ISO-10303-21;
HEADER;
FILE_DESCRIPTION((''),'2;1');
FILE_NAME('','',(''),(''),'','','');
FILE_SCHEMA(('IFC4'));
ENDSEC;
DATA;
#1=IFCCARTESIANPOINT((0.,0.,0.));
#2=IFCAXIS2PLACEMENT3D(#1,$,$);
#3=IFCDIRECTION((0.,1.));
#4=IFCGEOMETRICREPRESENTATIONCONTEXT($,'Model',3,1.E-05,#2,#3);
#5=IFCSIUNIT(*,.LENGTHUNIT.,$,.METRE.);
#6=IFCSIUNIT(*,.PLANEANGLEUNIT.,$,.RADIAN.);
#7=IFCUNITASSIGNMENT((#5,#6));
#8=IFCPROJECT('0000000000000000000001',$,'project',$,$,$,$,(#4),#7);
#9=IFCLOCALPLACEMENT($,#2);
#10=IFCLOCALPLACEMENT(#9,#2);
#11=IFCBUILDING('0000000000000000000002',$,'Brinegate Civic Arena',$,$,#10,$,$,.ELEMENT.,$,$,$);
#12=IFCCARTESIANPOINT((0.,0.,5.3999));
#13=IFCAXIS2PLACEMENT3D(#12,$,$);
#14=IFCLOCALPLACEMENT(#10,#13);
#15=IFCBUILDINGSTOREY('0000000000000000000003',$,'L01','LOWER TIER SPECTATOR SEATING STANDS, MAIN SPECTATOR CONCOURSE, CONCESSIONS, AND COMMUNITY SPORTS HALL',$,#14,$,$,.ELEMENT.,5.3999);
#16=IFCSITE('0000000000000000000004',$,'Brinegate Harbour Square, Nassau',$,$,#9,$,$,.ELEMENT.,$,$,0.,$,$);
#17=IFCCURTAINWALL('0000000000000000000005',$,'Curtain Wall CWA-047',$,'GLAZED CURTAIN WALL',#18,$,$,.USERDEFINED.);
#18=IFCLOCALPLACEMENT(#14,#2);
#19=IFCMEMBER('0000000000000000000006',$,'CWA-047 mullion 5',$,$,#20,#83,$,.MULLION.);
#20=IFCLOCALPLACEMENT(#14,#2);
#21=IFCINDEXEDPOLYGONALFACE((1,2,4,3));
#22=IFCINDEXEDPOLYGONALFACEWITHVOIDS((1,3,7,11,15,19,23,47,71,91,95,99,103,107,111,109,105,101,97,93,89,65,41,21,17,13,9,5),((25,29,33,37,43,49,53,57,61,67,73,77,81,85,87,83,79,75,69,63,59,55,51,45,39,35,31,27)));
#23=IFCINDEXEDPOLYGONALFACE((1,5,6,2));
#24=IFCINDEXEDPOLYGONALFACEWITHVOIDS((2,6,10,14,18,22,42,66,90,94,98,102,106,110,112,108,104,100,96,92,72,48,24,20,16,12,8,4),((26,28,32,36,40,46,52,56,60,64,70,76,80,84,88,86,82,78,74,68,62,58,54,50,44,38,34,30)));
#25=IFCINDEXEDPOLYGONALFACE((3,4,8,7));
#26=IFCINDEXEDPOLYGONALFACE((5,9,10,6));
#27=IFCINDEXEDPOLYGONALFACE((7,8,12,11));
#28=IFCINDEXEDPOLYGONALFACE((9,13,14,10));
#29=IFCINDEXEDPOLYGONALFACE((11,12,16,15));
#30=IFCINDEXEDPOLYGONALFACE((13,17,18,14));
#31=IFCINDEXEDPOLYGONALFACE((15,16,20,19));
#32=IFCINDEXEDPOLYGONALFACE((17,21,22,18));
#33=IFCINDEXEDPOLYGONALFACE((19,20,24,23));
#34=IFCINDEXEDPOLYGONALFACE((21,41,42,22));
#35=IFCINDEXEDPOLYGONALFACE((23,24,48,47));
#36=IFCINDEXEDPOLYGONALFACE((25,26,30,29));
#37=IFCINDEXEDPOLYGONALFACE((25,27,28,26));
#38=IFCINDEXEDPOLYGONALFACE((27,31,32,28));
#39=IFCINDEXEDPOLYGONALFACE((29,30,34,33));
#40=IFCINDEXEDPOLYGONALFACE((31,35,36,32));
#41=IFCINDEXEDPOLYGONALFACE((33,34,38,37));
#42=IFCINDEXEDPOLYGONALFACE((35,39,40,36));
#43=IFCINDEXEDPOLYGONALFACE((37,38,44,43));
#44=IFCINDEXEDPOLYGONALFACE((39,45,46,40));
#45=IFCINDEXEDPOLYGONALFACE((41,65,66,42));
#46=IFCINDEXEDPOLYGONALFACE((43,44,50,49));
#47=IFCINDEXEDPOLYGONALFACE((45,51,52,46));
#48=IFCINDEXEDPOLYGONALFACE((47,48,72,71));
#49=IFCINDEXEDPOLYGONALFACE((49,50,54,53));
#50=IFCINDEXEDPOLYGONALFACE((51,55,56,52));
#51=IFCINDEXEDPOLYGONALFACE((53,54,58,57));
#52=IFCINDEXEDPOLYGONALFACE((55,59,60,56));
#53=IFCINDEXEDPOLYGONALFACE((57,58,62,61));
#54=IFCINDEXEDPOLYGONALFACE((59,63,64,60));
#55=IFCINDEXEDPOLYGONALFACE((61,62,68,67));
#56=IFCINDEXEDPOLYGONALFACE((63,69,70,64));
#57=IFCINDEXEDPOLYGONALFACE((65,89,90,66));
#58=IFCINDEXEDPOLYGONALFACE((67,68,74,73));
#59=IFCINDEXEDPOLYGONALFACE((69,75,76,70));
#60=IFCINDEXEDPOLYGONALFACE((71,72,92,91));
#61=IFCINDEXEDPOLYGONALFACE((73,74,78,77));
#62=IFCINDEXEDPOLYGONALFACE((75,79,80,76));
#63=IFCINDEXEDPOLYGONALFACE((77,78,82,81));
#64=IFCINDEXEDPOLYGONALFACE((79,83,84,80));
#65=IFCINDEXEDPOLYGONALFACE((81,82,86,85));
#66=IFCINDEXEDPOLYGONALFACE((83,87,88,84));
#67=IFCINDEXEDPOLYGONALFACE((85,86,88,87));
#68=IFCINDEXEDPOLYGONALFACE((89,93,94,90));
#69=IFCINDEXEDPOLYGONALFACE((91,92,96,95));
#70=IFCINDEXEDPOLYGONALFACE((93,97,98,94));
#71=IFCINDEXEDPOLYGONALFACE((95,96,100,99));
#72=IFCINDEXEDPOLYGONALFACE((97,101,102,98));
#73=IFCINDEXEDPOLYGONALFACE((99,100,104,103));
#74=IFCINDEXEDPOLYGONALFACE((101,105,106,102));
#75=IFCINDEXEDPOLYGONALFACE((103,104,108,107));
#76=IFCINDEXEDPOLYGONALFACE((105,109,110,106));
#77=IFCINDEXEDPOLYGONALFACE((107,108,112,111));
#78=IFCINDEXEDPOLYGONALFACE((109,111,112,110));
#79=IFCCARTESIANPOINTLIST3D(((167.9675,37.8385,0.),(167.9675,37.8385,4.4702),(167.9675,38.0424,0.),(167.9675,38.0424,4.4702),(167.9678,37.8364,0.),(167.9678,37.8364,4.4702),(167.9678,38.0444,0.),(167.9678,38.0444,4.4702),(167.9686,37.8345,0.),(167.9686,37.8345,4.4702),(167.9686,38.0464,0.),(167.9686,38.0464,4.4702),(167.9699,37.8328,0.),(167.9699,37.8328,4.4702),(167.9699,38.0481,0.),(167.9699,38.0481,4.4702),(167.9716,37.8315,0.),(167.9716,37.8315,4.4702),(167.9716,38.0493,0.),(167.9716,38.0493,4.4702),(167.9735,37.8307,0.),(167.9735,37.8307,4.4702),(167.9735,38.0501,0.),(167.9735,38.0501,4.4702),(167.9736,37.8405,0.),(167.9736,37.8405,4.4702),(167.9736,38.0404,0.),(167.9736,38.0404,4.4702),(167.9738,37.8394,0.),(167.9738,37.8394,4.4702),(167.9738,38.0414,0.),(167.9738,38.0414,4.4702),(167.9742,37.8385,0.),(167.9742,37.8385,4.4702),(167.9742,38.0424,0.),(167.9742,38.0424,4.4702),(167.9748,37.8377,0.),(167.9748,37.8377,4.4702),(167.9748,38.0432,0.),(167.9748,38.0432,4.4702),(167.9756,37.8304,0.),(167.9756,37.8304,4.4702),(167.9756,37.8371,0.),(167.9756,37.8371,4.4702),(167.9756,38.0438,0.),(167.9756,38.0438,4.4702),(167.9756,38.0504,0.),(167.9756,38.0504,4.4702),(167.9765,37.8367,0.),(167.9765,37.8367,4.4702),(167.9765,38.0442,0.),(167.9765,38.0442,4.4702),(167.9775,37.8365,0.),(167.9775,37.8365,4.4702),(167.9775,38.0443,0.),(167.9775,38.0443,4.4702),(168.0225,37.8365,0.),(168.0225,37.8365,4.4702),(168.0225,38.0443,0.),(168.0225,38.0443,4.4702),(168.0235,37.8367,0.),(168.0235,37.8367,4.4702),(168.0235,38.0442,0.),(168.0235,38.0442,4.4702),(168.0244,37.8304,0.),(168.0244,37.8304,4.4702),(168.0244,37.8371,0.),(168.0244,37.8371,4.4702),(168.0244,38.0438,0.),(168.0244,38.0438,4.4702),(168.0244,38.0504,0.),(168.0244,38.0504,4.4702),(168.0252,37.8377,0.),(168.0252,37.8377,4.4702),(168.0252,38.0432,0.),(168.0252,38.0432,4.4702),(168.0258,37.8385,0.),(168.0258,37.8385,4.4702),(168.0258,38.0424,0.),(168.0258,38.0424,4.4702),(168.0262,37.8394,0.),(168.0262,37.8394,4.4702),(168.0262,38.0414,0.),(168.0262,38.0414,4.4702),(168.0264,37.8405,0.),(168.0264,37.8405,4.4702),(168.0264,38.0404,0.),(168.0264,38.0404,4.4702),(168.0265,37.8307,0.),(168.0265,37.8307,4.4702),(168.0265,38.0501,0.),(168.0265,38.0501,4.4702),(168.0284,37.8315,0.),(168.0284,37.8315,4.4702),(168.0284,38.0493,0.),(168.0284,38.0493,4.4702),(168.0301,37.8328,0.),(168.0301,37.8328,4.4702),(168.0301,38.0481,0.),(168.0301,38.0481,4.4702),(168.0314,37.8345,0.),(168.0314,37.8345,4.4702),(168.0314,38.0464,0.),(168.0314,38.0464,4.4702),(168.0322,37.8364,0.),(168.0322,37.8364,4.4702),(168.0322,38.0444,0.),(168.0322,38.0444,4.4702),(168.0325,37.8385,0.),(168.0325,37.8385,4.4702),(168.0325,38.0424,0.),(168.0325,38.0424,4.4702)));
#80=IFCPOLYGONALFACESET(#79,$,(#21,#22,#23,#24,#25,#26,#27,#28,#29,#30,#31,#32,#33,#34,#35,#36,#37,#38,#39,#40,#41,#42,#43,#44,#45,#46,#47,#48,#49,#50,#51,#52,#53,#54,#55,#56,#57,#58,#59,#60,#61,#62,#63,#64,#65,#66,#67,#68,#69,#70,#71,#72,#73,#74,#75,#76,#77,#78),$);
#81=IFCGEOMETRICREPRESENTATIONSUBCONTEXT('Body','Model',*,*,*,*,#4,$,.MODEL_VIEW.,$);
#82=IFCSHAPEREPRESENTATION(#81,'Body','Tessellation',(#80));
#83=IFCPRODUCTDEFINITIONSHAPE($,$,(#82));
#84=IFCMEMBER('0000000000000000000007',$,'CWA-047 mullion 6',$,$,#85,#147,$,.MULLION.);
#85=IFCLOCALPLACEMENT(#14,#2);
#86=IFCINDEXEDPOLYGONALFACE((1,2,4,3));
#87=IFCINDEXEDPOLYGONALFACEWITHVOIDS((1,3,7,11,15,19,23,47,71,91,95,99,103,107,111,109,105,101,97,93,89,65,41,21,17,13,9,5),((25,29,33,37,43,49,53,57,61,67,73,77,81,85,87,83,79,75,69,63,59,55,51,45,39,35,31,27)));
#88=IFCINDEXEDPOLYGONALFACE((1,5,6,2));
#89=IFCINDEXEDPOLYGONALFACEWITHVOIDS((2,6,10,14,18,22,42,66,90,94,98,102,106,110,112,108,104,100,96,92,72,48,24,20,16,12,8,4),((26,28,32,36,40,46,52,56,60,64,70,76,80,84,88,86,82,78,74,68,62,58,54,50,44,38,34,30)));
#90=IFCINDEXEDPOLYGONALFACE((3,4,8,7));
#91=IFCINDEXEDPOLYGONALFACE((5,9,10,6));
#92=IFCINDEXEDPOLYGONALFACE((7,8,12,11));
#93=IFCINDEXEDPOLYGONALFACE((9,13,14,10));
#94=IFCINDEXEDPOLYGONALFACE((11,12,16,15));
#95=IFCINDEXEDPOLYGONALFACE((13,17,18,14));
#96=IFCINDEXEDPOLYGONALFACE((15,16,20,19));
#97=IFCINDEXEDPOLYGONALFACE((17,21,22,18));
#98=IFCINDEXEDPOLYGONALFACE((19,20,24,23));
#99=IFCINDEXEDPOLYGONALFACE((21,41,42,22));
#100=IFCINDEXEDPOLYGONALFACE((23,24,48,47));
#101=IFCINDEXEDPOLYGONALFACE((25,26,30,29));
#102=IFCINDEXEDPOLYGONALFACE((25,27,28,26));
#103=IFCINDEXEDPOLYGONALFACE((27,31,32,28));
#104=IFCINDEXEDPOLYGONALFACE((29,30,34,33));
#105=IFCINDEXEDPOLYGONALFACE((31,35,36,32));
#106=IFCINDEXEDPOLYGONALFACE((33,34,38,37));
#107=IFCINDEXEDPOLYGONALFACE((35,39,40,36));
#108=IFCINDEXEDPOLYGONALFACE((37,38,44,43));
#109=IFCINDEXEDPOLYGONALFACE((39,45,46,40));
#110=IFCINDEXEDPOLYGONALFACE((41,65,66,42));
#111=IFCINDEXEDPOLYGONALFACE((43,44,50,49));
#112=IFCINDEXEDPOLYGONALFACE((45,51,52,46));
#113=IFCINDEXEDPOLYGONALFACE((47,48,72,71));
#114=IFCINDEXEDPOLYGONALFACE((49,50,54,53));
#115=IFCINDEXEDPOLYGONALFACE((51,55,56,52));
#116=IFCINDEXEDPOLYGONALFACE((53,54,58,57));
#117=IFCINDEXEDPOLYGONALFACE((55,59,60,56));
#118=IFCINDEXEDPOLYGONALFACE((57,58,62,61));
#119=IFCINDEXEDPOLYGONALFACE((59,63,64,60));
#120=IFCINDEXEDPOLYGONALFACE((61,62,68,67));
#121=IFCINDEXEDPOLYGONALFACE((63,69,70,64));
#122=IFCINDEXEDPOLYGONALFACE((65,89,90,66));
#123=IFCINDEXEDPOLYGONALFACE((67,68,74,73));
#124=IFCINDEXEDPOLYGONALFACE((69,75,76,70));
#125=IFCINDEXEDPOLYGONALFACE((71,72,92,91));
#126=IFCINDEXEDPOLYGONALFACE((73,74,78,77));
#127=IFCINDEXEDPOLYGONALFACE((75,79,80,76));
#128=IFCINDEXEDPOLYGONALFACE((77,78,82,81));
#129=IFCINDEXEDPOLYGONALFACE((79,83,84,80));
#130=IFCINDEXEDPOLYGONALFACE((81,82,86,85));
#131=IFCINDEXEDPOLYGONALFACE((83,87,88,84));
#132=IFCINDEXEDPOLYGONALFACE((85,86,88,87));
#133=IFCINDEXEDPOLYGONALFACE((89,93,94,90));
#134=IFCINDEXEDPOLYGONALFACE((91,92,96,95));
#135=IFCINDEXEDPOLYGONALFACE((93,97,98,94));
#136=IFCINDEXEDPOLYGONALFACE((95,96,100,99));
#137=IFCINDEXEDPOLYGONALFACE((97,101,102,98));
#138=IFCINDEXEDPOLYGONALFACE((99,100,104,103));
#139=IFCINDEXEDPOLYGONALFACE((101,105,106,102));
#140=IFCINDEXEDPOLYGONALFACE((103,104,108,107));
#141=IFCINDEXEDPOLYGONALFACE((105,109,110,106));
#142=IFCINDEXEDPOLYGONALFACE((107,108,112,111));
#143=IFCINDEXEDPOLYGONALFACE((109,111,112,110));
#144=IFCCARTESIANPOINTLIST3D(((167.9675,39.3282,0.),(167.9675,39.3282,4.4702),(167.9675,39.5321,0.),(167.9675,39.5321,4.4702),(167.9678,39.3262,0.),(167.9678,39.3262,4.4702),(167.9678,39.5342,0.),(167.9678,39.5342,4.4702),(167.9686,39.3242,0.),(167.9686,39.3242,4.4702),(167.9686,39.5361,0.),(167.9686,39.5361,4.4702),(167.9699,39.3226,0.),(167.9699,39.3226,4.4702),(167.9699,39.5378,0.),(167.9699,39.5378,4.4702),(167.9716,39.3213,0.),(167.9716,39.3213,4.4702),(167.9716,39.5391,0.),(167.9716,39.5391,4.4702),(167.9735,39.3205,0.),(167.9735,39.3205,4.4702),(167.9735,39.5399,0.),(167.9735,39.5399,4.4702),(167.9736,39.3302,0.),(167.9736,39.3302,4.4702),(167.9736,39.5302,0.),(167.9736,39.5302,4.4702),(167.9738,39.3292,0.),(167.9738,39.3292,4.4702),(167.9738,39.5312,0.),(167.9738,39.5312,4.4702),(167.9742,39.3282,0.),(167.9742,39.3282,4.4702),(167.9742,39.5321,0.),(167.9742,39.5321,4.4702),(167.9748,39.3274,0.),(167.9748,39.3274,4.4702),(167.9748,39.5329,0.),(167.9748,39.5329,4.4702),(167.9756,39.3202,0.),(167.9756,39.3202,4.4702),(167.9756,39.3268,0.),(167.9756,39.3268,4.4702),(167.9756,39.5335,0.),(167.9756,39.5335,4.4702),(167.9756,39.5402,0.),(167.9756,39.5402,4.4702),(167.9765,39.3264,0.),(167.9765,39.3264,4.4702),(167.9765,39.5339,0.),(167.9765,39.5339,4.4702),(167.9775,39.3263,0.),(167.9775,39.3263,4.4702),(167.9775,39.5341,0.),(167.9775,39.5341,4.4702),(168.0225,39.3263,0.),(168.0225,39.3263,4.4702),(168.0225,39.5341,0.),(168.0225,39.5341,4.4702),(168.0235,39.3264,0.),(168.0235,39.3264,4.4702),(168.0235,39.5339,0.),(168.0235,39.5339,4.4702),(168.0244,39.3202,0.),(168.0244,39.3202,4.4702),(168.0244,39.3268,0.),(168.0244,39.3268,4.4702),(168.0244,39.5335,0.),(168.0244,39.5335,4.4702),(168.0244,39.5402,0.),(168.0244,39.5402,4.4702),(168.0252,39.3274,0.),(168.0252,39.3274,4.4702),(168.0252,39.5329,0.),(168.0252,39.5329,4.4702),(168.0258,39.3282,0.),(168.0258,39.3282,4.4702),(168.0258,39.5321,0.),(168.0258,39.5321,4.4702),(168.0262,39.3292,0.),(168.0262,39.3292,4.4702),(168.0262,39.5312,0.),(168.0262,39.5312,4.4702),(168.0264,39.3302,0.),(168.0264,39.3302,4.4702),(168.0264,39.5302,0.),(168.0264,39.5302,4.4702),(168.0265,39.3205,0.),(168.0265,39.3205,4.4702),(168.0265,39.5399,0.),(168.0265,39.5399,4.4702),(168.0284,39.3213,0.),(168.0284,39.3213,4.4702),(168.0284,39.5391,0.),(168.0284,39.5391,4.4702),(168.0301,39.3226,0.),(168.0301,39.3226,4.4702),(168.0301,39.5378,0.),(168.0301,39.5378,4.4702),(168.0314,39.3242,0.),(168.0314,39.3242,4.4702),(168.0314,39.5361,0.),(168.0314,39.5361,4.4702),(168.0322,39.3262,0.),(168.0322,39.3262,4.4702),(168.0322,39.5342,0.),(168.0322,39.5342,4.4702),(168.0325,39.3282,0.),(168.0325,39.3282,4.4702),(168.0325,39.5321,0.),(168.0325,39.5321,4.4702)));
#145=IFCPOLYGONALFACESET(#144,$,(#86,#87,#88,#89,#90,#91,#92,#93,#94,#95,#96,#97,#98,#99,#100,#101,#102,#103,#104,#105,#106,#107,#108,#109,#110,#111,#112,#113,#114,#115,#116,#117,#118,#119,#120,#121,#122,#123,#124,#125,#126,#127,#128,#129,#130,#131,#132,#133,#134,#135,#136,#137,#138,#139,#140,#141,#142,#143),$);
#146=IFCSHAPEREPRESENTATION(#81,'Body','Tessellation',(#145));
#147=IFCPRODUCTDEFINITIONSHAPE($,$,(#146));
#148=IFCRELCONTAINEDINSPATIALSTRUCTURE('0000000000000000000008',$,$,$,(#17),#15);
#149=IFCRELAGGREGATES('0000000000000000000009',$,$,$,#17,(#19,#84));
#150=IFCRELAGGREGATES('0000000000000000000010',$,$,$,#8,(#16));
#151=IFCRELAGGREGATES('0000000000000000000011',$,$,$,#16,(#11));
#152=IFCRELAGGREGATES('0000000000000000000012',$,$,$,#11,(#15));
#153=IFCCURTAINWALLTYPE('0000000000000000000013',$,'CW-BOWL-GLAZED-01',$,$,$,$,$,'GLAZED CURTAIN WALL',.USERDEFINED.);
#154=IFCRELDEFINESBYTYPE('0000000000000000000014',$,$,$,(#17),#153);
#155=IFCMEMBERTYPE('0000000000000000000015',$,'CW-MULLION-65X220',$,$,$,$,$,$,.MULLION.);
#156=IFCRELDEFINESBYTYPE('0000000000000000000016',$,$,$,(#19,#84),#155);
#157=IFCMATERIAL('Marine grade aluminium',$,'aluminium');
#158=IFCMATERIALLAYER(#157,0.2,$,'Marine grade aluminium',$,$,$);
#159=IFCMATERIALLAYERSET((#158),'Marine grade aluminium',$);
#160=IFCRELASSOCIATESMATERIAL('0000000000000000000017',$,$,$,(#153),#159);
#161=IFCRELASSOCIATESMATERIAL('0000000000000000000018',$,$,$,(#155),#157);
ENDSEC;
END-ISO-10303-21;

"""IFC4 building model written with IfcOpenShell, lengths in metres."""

from ifc_helpers import new_model, si_unit, direction, frame, origin, origin_2d, place, context, subcontext, project, spatial, hollow_rectangle, extrude, material, layer, layer_set, material_profile, profile_set, type_object, element, aggregate, save


model = new_model("IFC4")

# Units and contexts
model_context = context("Model", 3, precision=1e-05, world=origin(), true_north=direction((0.0, 1.0)))
body_context = subcontext(model_context, "Body", "Model", "MODEL_VIEW")
ifc_project = project(units=[si_unit("LENGTHUNIT", "METRE"), si_unit("PLANEANGLEUNIT", "RADIAN")], contexts=[model_context])

# Site, building, storey
site_placement = place(None, origin())
site = spatial("IfcSite", under=ifc_project, at=site_placement, Name="Brinegate Harbour Square, Nassau", CompositionType="ELEMENT", RefElevation=0.0)
building_placement = place(site_placement, origin())
building = spatial("IfcBuilding", under=site, at=building_placement, Name="Brinegate Civic Arena", CompositionType="ELEMENT")
storey_placement = place(building_placement, frame((0.0, 0.0, 5.3999)))
storey = spatial("IfcBuildingStorey", under=building, at=storey_placement, Name="L01", Description="LOWER TIER SPECTATOR SEATING STANDS, MAIN SPECTATOR CONCOURSE, CONCESSIONS, AND COMMUNITY SPORTS HALL", CompositionType="ELEMENT", Elevation=5.3999)

# Curtain wall, members
ifc_material_1 = material(Name="Marine grade aluminium", Category="aluminium")
ifc_layer_1 = layer(ifc_material_1, 0.2, Name="Marine grade aluminium")
ifc_layer_set_1 = layer_set([ifc_layer_1], Name="Marine grade aluminium")
curtain_wall_type = type_object("IfcCurtainWallType", Name="CW-BOWL-GLAZED-01", ElementType="GLAZED CURTAIN WALL", PredefinedType="USERDEFINED", material=ifc_layer_set_1)
curtain_wall_placement = place(storey_placement, origin())
curtain_wall = element("IfcCurtainWall", 1, at=curtain_wall_placement, inside=storey, type_object=curtain_wall_type, Name="Curtain Wall CWA-047", ObjectType="GLAZED CURTAIN WALL", PredefinedType="USERDEFINED")
ifc_material_profile_1 = material_profile(ifc_material_1, hollow_rectangle(XDim=0.0649, YDim=0.22, WallThickness=0.0061, InnerFilletRadius=0.0039, OuterFilletRadius=0.0081, at=origin_2d()), Name="MUL65X220")
ifc_profile_set_1 = profile_set([ifc_material_profile_1], Name="Marine grade aluminium")
member_type_1 = type_object("IfcMemberType", Name="CW-MULLION-65X220", PredefinedType="MULLION", material=ifc_profile_set_1)
member_1_placement = place(storey_placement, frame((168.0, 37.9404, 0.0), z_axis=(0.0, 0.0, 1.0), x_axis=(-1.0, 0.0, 0.0)))
member_1 = element("IfcMember", 2, at=member_1_placement, type_object=member_type_1, Name="CWA-047 mullion 5", PredefinedType="MULLION", context=body_context, shape_type="SweptSolid", body=[
    extrude(hollow_rectangle(XDim=0.0649, YDim=0.22, WallThickness=0.0061, InnerFilletRadius=0.0039, OuterFilletRadius=0.0081, at=origin_2d()), origin(), (0.0, 0.0, 1.0), 4.4702),
])
member_2_placement = place(storey_placement, frame((168.0, 39.4302, 0.0), z_axis=(0.0, 0.0, 1.0), x_axis=(-1.0, 0.0, 0.0)))
member_2 = element("IfcMember", 3, at=member_2_placement, type_object=member_type_1, Name="CWA-047 mullion 6", PredefinedType="MULLION", context=body_context, shape_type="SweptSolid", body=[
    extrude(hollow_rectangle(XDim=0.0649, YDim=0.22, WallThickness=0.0061, InnerFilletRadius=0.0039, OuterFilletRadius=0.0081, at=origin_2d()), origin(), (0.0, 0.0, 1.0), 4.4702),
])
aggregate(curtain_wall, [member_1, member_2])

save(model, "model.ifc")
